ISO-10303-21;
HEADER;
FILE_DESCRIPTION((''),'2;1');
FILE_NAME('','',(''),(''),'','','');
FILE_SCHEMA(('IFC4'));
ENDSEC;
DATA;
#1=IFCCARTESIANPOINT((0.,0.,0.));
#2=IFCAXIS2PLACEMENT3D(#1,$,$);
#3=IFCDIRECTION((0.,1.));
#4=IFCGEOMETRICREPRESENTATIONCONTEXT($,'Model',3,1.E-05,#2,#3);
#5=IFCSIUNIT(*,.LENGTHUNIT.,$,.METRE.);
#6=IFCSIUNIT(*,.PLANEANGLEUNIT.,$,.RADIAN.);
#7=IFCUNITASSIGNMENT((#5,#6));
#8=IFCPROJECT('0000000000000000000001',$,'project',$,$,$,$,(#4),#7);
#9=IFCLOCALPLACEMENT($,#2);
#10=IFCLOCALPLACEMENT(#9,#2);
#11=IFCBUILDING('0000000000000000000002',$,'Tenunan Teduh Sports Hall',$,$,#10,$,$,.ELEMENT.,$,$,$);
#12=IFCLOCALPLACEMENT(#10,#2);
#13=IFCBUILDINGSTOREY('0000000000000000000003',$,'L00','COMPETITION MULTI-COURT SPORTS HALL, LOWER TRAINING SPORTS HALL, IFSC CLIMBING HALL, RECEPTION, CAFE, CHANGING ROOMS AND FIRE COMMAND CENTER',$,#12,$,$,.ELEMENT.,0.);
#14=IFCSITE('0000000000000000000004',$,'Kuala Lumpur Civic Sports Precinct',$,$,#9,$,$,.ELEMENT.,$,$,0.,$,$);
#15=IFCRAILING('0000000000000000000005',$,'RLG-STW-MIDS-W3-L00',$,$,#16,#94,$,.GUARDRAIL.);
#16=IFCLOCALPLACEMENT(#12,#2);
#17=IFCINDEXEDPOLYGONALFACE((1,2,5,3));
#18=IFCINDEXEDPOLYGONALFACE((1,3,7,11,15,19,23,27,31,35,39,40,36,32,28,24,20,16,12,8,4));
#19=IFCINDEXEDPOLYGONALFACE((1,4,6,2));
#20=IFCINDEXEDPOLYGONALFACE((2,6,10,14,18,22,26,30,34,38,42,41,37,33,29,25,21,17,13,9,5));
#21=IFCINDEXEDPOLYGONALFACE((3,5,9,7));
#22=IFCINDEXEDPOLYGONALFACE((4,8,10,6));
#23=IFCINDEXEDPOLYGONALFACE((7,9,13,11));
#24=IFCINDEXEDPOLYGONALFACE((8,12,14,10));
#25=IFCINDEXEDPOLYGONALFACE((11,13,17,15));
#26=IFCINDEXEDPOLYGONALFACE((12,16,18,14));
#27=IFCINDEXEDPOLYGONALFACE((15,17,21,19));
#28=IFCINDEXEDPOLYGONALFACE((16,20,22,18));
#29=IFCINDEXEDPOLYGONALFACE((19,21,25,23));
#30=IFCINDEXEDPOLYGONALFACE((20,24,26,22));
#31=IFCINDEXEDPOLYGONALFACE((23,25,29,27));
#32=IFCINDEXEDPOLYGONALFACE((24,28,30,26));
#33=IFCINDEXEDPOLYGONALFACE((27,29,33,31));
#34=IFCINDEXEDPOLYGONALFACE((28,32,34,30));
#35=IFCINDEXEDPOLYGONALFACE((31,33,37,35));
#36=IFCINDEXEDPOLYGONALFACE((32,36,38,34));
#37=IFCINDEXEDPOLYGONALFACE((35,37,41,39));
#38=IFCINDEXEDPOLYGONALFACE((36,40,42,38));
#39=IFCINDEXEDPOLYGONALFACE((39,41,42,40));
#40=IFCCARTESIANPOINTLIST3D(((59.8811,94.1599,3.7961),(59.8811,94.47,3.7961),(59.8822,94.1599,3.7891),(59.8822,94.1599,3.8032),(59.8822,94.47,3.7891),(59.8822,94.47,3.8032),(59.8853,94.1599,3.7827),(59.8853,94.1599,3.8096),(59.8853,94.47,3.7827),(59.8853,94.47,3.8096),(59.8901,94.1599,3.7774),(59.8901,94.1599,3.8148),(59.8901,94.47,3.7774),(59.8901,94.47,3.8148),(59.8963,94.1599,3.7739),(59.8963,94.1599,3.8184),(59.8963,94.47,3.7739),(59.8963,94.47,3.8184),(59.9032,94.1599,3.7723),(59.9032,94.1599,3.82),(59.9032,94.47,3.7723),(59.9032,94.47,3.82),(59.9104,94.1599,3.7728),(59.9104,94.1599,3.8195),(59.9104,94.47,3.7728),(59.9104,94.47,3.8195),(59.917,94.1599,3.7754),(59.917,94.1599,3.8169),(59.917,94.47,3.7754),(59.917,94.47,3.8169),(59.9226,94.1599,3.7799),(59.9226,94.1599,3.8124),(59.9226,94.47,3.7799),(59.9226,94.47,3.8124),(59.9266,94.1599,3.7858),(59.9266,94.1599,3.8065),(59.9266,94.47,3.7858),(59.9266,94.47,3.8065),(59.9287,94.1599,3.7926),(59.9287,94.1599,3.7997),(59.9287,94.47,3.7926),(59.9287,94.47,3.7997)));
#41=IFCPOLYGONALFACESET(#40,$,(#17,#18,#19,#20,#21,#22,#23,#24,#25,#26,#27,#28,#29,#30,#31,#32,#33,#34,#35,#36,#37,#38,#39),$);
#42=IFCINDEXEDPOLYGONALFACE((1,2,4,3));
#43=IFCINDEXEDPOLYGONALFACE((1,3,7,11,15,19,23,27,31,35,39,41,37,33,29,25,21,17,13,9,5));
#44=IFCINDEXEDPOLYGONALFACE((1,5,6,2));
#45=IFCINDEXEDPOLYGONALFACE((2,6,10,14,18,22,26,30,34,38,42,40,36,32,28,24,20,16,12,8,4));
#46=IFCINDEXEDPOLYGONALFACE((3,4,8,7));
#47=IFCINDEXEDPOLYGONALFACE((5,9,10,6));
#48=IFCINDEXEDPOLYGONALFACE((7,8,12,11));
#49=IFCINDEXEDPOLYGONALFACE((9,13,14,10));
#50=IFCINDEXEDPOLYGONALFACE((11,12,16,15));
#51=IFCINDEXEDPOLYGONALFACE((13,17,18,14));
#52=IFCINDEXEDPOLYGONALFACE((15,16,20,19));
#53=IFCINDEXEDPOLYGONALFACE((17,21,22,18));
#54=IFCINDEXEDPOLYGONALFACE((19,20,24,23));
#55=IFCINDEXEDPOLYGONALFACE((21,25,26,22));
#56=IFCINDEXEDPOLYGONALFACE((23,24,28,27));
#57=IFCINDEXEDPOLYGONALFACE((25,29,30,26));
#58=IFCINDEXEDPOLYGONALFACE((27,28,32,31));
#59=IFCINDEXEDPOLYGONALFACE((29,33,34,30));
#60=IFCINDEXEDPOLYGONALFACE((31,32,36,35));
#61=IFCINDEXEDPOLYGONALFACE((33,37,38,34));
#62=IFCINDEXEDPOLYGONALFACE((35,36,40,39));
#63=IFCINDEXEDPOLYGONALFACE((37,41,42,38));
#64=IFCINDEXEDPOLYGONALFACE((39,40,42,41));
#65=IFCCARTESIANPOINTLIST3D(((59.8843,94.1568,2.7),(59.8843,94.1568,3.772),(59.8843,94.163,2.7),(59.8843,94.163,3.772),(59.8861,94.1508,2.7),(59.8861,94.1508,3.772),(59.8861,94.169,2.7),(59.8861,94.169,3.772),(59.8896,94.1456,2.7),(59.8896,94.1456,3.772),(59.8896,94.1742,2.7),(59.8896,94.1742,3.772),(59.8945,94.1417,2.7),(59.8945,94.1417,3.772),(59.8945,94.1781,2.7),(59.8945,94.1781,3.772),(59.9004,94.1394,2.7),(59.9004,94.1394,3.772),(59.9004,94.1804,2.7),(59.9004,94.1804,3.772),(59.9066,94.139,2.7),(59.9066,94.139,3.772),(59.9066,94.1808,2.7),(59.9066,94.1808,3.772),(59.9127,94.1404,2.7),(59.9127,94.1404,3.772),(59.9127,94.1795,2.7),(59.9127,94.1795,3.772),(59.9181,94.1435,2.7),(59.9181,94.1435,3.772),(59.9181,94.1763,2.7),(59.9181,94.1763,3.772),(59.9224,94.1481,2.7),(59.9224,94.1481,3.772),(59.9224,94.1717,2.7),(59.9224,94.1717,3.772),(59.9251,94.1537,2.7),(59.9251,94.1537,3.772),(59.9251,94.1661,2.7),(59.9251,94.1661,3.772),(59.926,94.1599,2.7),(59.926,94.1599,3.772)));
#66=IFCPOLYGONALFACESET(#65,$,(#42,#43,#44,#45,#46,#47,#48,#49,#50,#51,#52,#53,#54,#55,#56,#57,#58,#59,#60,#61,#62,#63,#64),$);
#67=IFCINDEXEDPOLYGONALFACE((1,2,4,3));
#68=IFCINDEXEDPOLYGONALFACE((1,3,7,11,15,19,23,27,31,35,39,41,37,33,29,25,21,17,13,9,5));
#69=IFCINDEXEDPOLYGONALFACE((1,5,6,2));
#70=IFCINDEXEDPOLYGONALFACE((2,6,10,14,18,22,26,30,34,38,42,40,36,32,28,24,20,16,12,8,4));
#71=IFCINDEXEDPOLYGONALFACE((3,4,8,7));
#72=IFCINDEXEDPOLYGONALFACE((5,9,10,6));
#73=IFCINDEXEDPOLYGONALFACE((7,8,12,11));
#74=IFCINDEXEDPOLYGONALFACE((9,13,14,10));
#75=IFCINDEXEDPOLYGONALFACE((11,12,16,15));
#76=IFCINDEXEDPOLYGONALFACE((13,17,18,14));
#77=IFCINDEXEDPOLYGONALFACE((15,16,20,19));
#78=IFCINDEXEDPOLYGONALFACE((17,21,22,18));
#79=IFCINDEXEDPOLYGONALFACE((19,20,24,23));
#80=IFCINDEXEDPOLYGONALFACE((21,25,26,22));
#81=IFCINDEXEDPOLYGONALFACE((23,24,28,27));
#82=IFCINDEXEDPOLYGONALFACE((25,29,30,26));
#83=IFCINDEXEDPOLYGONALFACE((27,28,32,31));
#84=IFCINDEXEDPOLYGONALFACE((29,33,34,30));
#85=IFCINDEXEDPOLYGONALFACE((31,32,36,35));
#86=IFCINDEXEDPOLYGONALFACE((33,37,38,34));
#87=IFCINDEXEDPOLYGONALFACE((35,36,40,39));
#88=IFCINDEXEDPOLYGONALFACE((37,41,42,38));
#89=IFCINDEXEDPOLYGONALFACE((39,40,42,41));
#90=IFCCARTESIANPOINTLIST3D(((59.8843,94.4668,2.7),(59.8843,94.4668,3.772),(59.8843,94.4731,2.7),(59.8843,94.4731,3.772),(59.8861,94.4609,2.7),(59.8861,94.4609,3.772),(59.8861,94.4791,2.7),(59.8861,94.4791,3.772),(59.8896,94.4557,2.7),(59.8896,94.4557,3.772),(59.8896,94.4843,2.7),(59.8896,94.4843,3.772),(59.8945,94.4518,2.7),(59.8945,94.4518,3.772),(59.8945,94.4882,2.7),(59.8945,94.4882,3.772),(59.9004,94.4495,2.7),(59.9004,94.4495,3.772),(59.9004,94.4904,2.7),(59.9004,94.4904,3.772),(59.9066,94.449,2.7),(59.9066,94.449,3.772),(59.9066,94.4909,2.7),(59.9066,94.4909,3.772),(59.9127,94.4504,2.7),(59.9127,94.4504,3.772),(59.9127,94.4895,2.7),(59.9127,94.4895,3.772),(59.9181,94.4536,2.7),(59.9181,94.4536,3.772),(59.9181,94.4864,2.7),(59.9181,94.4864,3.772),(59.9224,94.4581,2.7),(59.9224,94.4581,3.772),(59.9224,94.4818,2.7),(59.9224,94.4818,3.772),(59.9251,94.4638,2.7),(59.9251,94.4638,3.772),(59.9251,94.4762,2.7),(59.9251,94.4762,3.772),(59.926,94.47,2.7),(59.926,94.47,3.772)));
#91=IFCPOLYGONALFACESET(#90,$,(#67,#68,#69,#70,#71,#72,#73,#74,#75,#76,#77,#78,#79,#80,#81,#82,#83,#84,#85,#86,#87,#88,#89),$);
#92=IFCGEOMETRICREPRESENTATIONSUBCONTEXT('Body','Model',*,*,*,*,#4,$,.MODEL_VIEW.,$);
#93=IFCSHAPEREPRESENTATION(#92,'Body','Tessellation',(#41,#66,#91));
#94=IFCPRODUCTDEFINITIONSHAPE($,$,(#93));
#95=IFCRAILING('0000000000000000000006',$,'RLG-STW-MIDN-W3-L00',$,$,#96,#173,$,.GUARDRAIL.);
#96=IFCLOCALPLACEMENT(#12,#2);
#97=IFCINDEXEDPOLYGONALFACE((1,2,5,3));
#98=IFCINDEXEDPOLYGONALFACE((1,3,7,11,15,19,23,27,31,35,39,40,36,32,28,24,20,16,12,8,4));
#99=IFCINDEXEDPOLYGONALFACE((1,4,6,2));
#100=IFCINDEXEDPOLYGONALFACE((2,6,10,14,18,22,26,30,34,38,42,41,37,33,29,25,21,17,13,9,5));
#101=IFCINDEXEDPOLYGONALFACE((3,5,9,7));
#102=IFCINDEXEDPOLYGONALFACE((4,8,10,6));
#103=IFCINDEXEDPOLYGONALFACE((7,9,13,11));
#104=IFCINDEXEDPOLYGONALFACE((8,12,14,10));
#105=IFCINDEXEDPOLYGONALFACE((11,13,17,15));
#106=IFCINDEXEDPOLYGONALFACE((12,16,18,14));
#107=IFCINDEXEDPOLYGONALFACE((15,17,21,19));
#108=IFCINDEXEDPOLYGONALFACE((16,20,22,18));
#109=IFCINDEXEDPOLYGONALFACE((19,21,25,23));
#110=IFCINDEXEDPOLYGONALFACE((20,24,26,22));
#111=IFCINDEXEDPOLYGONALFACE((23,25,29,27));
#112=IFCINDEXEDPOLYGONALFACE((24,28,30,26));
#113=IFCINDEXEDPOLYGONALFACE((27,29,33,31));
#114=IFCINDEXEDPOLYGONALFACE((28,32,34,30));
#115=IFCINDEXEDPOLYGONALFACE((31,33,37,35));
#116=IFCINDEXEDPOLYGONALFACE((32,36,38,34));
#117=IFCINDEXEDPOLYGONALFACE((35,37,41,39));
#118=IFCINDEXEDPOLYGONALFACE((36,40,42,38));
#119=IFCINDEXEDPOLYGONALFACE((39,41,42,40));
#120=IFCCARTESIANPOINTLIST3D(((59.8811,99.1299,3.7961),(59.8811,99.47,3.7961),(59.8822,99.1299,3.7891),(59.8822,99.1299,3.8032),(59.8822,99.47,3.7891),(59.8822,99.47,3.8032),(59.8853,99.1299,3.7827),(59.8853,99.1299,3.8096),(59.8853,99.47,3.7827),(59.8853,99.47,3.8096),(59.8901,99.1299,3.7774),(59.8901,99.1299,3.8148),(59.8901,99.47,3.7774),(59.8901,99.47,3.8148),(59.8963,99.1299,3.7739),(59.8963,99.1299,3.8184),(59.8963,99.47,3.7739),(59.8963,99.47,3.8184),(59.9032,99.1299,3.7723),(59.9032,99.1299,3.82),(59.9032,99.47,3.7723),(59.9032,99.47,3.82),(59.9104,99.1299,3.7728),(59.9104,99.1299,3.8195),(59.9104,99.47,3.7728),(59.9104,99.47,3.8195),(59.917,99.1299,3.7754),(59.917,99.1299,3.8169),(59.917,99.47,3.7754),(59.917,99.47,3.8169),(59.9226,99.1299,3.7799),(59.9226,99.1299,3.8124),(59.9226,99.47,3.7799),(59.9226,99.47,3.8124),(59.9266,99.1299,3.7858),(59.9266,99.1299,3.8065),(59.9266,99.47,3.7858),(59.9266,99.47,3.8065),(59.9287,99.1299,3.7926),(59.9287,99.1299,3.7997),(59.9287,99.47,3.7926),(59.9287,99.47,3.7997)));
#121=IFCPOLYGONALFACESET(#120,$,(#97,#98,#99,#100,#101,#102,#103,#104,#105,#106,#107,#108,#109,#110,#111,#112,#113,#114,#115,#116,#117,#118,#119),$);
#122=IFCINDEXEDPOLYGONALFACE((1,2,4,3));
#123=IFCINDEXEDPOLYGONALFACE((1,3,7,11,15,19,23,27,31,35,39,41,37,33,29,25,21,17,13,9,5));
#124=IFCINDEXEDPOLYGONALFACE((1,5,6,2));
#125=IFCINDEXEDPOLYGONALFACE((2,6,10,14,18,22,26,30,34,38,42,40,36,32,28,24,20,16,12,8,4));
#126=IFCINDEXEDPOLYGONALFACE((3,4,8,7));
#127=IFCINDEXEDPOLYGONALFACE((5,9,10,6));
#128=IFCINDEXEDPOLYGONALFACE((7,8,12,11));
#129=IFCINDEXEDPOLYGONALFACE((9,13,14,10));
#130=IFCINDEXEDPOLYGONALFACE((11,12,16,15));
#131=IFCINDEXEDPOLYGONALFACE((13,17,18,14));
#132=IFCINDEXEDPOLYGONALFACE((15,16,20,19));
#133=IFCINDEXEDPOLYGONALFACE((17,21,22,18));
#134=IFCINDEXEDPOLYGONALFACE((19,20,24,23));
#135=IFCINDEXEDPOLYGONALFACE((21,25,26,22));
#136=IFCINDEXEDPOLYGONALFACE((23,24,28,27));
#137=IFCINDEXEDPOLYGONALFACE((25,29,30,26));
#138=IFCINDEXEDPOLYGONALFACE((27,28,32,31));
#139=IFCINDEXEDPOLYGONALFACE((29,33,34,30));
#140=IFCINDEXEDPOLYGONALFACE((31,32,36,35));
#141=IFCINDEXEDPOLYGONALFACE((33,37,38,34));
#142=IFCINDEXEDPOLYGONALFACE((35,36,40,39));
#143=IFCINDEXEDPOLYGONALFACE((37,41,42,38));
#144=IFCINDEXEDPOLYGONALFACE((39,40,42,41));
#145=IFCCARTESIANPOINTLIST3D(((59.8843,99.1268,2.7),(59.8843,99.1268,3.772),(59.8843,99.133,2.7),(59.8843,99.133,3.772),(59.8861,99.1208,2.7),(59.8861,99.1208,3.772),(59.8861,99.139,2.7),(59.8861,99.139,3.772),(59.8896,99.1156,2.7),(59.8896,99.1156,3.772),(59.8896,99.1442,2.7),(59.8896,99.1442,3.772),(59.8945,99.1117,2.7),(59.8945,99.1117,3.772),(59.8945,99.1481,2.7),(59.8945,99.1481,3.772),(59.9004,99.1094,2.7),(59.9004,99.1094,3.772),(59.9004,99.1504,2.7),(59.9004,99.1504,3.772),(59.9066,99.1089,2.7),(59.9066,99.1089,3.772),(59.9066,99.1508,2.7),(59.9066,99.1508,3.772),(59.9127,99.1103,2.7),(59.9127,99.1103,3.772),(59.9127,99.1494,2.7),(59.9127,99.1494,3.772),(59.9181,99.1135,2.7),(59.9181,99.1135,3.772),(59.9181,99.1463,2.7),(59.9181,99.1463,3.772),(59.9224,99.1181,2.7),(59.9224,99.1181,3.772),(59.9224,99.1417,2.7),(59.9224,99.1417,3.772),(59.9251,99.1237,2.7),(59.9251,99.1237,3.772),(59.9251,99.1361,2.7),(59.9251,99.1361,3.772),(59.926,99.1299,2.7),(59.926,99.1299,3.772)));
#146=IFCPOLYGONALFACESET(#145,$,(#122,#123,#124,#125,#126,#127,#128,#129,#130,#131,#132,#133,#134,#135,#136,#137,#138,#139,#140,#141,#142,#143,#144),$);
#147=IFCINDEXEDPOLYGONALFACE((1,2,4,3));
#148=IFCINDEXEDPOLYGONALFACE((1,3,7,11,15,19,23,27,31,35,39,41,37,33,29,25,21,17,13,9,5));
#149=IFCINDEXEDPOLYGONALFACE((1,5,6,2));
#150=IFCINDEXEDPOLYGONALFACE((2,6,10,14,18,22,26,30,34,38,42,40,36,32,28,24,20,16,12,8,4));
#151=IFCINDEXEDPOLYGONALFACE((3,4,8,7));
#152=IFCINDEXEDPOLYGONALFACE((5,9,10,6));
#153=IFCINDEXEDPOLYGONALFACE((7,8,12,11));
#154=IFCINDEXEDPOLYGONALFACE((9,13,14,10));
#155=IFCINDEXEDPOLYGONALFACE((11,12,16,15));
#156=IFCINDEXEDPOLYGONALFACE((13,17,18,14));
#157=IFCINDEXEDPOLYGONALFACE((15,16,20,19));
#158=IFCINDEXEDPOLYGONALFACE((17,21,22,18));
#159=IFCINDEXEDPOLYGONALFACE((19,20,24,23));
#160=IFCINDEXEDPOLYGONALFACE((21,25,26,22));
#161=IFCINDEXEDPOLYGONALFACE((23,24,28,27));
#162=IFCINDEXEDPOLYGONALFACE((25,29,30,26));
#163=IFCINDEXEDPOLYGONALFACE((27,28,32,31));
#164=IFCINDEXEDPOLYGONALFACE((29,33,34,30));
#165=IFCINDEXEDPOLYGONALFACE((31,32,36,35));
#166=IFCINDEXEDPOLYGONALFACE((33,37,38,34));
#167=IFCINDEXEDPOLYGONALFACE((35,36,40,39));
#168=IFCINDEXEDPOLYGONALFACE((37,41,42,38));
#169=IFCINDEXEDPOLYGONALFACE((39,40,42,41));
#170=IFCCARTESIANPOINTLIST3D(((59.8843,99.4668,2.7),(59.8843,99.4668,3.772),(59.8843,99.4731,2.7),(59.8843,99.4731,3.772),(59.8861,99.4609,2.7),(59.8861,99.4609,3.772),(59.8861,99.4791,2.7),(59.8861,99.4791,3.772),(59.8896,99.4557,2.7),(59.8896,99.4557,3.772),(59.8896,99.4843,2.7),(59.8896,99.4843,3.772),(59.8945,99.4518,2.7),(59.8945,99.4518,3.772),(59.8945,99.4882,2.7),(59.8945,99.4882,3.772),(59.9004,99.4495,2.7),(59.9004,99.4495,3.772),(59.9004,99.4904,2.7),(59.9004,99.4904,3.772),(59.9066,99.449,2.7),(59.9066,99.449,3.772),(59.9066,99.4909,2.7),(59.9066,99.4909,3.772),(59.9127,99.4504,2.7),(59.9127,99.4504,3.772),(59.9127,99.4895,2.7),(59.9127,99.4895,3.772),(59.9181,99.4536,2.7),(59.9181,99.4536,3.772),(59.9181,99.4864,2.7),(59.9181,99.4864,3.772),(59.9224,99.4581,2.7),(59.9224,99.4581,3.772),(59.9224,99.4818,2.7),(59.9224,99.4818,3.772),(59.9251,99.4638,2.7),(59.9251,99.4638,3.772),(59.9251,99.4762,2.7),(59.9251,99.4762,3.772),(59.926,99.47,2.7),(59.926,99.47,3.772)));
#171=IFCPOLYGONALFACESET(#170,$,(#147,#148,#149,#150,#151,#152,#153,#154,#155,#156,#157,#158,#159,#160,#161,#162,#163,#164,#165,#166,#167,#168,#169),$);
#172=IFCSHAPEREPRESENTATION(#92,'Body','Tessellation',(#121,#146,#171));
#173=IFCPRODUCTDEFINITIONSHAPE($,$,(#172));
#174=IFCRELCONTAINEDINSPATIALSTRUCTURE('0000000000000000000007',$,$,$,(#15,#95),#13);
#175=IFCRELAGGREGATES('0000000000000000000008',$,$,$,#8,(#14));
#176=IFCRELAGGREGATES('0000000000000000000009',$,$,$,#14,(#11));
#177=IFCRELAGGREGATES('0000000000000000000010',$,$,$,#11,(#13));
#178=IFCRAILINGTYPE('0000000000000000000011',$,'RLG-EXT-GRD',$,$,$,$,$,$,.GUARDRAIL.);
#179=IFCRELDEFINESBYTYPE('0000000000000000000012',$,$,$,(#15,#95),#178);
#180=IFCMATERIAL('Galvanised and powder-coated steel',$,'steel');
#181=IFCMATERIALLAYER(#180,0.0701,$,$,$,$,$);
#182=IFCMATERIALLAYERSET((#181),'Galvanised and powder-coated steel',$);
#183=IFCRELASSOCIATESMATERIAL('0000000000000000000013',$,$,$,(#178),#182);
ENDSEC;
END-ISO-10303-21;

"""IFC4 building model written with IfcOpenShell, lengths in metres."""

from ifc_helpers import new_model, si_unit, direction, frame, origin, origin_2d, place, context, subcontext, project, spatial, circle, extrude, material, layer, layer_set, type_object, element, save


model = new_model("IFC4")

# Units and contexts
model_context = context("Model", 3, precision=1e-05, world=origin(), true_north=direction((0.0, 1.0)))
body_context = subcontext(model_context, "Body", "Model", "MODEL_VIEW")
ifc_project = project(units=[si_unit("LENGTHUNIT", "METRE"), si_unit("PLANEANGLEUNIT", "RADIAN")], contexts=[model_context])

# Site, building, storey
site_placement = place(None, origin())
site = spatial("IfcSite", under=ifc_project, at=site_placement, Name="Kuala Lumpur Civic Sports Precinct", CompositionType="ELEMENT", RefElevation=0.0)
building_placement = place(site_placement, origin())
building = spatial("IfcBuilding", under=site, at=building_placement, Name="Tenunan Teduh Sports Hall", CompositionType="ELEMENT")
storey_placement = place(building_placement, origin())
storey = spatial("IfcBuildingStorey", under=building, at=storey_placement, Name="L00", Description="COMPETITION MULTI-COURT SPORTS HALL, LOWER TRAINING SPORTS HALL, IFSC CLIMBING HALL, RECEPTION, CAFE, CHANGING ROOMS AND FIRE COMMAND CENTER", CompositionType="ELEMENT", Elevation=0.0)

# Railings
ifc_material_1 = material(Name="Galvanised and powder-coated steel", Category="steel")
ifc_layer_1 = layer(ifc_material_1, 0.0701)
ifc_layer_set_1 = layer_set([ifc_layer_1], Name="Galvanised and powder-coated steel")
railing_type_1 = type_object("IfcRailingType", Name="RLG-EXT-GRD", PredefinedType="GUARDRAIL", material=ifc_layer_set_1)
railing_1_placement = place(storey_placement, frame((59.905, 94.1599, 2.7)))
element("IfcRailing", 1, at=railing_1_placement, inside=storey, type_object=railing_type_1, Name="RLG-STW-MIDS-W3-L00", PredefinedType="GUARDRAIL", context=body_context, shape_type="SweptSolid", body=[
    extrude(circle(Radius=0.0239, at=origin_2d()), frame((0.0, 0.0, 1.0962), z_axis=(0.0, 1.0, 0.0), x_axis=(-1.0, 0.0, 0.0)), (0.0, 0.0, 1.0), 0.3101),
    extrude(circle(Radius=0.021, at=origin_2d()), origin(), (0.0, 0.0, 1.0), 1.072),
    extrude(circle(Radius=0.021, at=origin_2d()), frame((0.0, 0.3101, 0.0)), (0.0, 0.0, 1.0), 1.072),
])
railing_2_placement = place(storey_placement, frame((59.905, 99.1299, 2.7)))
element("IfcRailing", 2, at=railing_2_placement, inside=storey, type_object=railing_type_1, Name="RLG-STW-MIDN-W3-L00", PredefinedType="GUARDRAIL", context=body_context, shape_type="SweptSolid", body=[
    extrude(circle(Radius=0.0239, at=origin_2d()), frame((0.0, 0.0, 1.0962), z_axis=(0.0, 1.0, 0.0), x_axis=(-1.0, 0.0, 0.0)), (0.0, 0.0, 1.0), 0.3401),
    extrude(circle(Radius=0.021, at=origin_2d()), origin(), (0.0, 0.0, 1.0), 1.072),
    extrude(circle(Radius=0.021, at=origin_2d()), frame((0.0, 0.3401, 0.0)), (0.0, 0.0, 1.0), 1.072),
])

save(model, "model.ifc")
